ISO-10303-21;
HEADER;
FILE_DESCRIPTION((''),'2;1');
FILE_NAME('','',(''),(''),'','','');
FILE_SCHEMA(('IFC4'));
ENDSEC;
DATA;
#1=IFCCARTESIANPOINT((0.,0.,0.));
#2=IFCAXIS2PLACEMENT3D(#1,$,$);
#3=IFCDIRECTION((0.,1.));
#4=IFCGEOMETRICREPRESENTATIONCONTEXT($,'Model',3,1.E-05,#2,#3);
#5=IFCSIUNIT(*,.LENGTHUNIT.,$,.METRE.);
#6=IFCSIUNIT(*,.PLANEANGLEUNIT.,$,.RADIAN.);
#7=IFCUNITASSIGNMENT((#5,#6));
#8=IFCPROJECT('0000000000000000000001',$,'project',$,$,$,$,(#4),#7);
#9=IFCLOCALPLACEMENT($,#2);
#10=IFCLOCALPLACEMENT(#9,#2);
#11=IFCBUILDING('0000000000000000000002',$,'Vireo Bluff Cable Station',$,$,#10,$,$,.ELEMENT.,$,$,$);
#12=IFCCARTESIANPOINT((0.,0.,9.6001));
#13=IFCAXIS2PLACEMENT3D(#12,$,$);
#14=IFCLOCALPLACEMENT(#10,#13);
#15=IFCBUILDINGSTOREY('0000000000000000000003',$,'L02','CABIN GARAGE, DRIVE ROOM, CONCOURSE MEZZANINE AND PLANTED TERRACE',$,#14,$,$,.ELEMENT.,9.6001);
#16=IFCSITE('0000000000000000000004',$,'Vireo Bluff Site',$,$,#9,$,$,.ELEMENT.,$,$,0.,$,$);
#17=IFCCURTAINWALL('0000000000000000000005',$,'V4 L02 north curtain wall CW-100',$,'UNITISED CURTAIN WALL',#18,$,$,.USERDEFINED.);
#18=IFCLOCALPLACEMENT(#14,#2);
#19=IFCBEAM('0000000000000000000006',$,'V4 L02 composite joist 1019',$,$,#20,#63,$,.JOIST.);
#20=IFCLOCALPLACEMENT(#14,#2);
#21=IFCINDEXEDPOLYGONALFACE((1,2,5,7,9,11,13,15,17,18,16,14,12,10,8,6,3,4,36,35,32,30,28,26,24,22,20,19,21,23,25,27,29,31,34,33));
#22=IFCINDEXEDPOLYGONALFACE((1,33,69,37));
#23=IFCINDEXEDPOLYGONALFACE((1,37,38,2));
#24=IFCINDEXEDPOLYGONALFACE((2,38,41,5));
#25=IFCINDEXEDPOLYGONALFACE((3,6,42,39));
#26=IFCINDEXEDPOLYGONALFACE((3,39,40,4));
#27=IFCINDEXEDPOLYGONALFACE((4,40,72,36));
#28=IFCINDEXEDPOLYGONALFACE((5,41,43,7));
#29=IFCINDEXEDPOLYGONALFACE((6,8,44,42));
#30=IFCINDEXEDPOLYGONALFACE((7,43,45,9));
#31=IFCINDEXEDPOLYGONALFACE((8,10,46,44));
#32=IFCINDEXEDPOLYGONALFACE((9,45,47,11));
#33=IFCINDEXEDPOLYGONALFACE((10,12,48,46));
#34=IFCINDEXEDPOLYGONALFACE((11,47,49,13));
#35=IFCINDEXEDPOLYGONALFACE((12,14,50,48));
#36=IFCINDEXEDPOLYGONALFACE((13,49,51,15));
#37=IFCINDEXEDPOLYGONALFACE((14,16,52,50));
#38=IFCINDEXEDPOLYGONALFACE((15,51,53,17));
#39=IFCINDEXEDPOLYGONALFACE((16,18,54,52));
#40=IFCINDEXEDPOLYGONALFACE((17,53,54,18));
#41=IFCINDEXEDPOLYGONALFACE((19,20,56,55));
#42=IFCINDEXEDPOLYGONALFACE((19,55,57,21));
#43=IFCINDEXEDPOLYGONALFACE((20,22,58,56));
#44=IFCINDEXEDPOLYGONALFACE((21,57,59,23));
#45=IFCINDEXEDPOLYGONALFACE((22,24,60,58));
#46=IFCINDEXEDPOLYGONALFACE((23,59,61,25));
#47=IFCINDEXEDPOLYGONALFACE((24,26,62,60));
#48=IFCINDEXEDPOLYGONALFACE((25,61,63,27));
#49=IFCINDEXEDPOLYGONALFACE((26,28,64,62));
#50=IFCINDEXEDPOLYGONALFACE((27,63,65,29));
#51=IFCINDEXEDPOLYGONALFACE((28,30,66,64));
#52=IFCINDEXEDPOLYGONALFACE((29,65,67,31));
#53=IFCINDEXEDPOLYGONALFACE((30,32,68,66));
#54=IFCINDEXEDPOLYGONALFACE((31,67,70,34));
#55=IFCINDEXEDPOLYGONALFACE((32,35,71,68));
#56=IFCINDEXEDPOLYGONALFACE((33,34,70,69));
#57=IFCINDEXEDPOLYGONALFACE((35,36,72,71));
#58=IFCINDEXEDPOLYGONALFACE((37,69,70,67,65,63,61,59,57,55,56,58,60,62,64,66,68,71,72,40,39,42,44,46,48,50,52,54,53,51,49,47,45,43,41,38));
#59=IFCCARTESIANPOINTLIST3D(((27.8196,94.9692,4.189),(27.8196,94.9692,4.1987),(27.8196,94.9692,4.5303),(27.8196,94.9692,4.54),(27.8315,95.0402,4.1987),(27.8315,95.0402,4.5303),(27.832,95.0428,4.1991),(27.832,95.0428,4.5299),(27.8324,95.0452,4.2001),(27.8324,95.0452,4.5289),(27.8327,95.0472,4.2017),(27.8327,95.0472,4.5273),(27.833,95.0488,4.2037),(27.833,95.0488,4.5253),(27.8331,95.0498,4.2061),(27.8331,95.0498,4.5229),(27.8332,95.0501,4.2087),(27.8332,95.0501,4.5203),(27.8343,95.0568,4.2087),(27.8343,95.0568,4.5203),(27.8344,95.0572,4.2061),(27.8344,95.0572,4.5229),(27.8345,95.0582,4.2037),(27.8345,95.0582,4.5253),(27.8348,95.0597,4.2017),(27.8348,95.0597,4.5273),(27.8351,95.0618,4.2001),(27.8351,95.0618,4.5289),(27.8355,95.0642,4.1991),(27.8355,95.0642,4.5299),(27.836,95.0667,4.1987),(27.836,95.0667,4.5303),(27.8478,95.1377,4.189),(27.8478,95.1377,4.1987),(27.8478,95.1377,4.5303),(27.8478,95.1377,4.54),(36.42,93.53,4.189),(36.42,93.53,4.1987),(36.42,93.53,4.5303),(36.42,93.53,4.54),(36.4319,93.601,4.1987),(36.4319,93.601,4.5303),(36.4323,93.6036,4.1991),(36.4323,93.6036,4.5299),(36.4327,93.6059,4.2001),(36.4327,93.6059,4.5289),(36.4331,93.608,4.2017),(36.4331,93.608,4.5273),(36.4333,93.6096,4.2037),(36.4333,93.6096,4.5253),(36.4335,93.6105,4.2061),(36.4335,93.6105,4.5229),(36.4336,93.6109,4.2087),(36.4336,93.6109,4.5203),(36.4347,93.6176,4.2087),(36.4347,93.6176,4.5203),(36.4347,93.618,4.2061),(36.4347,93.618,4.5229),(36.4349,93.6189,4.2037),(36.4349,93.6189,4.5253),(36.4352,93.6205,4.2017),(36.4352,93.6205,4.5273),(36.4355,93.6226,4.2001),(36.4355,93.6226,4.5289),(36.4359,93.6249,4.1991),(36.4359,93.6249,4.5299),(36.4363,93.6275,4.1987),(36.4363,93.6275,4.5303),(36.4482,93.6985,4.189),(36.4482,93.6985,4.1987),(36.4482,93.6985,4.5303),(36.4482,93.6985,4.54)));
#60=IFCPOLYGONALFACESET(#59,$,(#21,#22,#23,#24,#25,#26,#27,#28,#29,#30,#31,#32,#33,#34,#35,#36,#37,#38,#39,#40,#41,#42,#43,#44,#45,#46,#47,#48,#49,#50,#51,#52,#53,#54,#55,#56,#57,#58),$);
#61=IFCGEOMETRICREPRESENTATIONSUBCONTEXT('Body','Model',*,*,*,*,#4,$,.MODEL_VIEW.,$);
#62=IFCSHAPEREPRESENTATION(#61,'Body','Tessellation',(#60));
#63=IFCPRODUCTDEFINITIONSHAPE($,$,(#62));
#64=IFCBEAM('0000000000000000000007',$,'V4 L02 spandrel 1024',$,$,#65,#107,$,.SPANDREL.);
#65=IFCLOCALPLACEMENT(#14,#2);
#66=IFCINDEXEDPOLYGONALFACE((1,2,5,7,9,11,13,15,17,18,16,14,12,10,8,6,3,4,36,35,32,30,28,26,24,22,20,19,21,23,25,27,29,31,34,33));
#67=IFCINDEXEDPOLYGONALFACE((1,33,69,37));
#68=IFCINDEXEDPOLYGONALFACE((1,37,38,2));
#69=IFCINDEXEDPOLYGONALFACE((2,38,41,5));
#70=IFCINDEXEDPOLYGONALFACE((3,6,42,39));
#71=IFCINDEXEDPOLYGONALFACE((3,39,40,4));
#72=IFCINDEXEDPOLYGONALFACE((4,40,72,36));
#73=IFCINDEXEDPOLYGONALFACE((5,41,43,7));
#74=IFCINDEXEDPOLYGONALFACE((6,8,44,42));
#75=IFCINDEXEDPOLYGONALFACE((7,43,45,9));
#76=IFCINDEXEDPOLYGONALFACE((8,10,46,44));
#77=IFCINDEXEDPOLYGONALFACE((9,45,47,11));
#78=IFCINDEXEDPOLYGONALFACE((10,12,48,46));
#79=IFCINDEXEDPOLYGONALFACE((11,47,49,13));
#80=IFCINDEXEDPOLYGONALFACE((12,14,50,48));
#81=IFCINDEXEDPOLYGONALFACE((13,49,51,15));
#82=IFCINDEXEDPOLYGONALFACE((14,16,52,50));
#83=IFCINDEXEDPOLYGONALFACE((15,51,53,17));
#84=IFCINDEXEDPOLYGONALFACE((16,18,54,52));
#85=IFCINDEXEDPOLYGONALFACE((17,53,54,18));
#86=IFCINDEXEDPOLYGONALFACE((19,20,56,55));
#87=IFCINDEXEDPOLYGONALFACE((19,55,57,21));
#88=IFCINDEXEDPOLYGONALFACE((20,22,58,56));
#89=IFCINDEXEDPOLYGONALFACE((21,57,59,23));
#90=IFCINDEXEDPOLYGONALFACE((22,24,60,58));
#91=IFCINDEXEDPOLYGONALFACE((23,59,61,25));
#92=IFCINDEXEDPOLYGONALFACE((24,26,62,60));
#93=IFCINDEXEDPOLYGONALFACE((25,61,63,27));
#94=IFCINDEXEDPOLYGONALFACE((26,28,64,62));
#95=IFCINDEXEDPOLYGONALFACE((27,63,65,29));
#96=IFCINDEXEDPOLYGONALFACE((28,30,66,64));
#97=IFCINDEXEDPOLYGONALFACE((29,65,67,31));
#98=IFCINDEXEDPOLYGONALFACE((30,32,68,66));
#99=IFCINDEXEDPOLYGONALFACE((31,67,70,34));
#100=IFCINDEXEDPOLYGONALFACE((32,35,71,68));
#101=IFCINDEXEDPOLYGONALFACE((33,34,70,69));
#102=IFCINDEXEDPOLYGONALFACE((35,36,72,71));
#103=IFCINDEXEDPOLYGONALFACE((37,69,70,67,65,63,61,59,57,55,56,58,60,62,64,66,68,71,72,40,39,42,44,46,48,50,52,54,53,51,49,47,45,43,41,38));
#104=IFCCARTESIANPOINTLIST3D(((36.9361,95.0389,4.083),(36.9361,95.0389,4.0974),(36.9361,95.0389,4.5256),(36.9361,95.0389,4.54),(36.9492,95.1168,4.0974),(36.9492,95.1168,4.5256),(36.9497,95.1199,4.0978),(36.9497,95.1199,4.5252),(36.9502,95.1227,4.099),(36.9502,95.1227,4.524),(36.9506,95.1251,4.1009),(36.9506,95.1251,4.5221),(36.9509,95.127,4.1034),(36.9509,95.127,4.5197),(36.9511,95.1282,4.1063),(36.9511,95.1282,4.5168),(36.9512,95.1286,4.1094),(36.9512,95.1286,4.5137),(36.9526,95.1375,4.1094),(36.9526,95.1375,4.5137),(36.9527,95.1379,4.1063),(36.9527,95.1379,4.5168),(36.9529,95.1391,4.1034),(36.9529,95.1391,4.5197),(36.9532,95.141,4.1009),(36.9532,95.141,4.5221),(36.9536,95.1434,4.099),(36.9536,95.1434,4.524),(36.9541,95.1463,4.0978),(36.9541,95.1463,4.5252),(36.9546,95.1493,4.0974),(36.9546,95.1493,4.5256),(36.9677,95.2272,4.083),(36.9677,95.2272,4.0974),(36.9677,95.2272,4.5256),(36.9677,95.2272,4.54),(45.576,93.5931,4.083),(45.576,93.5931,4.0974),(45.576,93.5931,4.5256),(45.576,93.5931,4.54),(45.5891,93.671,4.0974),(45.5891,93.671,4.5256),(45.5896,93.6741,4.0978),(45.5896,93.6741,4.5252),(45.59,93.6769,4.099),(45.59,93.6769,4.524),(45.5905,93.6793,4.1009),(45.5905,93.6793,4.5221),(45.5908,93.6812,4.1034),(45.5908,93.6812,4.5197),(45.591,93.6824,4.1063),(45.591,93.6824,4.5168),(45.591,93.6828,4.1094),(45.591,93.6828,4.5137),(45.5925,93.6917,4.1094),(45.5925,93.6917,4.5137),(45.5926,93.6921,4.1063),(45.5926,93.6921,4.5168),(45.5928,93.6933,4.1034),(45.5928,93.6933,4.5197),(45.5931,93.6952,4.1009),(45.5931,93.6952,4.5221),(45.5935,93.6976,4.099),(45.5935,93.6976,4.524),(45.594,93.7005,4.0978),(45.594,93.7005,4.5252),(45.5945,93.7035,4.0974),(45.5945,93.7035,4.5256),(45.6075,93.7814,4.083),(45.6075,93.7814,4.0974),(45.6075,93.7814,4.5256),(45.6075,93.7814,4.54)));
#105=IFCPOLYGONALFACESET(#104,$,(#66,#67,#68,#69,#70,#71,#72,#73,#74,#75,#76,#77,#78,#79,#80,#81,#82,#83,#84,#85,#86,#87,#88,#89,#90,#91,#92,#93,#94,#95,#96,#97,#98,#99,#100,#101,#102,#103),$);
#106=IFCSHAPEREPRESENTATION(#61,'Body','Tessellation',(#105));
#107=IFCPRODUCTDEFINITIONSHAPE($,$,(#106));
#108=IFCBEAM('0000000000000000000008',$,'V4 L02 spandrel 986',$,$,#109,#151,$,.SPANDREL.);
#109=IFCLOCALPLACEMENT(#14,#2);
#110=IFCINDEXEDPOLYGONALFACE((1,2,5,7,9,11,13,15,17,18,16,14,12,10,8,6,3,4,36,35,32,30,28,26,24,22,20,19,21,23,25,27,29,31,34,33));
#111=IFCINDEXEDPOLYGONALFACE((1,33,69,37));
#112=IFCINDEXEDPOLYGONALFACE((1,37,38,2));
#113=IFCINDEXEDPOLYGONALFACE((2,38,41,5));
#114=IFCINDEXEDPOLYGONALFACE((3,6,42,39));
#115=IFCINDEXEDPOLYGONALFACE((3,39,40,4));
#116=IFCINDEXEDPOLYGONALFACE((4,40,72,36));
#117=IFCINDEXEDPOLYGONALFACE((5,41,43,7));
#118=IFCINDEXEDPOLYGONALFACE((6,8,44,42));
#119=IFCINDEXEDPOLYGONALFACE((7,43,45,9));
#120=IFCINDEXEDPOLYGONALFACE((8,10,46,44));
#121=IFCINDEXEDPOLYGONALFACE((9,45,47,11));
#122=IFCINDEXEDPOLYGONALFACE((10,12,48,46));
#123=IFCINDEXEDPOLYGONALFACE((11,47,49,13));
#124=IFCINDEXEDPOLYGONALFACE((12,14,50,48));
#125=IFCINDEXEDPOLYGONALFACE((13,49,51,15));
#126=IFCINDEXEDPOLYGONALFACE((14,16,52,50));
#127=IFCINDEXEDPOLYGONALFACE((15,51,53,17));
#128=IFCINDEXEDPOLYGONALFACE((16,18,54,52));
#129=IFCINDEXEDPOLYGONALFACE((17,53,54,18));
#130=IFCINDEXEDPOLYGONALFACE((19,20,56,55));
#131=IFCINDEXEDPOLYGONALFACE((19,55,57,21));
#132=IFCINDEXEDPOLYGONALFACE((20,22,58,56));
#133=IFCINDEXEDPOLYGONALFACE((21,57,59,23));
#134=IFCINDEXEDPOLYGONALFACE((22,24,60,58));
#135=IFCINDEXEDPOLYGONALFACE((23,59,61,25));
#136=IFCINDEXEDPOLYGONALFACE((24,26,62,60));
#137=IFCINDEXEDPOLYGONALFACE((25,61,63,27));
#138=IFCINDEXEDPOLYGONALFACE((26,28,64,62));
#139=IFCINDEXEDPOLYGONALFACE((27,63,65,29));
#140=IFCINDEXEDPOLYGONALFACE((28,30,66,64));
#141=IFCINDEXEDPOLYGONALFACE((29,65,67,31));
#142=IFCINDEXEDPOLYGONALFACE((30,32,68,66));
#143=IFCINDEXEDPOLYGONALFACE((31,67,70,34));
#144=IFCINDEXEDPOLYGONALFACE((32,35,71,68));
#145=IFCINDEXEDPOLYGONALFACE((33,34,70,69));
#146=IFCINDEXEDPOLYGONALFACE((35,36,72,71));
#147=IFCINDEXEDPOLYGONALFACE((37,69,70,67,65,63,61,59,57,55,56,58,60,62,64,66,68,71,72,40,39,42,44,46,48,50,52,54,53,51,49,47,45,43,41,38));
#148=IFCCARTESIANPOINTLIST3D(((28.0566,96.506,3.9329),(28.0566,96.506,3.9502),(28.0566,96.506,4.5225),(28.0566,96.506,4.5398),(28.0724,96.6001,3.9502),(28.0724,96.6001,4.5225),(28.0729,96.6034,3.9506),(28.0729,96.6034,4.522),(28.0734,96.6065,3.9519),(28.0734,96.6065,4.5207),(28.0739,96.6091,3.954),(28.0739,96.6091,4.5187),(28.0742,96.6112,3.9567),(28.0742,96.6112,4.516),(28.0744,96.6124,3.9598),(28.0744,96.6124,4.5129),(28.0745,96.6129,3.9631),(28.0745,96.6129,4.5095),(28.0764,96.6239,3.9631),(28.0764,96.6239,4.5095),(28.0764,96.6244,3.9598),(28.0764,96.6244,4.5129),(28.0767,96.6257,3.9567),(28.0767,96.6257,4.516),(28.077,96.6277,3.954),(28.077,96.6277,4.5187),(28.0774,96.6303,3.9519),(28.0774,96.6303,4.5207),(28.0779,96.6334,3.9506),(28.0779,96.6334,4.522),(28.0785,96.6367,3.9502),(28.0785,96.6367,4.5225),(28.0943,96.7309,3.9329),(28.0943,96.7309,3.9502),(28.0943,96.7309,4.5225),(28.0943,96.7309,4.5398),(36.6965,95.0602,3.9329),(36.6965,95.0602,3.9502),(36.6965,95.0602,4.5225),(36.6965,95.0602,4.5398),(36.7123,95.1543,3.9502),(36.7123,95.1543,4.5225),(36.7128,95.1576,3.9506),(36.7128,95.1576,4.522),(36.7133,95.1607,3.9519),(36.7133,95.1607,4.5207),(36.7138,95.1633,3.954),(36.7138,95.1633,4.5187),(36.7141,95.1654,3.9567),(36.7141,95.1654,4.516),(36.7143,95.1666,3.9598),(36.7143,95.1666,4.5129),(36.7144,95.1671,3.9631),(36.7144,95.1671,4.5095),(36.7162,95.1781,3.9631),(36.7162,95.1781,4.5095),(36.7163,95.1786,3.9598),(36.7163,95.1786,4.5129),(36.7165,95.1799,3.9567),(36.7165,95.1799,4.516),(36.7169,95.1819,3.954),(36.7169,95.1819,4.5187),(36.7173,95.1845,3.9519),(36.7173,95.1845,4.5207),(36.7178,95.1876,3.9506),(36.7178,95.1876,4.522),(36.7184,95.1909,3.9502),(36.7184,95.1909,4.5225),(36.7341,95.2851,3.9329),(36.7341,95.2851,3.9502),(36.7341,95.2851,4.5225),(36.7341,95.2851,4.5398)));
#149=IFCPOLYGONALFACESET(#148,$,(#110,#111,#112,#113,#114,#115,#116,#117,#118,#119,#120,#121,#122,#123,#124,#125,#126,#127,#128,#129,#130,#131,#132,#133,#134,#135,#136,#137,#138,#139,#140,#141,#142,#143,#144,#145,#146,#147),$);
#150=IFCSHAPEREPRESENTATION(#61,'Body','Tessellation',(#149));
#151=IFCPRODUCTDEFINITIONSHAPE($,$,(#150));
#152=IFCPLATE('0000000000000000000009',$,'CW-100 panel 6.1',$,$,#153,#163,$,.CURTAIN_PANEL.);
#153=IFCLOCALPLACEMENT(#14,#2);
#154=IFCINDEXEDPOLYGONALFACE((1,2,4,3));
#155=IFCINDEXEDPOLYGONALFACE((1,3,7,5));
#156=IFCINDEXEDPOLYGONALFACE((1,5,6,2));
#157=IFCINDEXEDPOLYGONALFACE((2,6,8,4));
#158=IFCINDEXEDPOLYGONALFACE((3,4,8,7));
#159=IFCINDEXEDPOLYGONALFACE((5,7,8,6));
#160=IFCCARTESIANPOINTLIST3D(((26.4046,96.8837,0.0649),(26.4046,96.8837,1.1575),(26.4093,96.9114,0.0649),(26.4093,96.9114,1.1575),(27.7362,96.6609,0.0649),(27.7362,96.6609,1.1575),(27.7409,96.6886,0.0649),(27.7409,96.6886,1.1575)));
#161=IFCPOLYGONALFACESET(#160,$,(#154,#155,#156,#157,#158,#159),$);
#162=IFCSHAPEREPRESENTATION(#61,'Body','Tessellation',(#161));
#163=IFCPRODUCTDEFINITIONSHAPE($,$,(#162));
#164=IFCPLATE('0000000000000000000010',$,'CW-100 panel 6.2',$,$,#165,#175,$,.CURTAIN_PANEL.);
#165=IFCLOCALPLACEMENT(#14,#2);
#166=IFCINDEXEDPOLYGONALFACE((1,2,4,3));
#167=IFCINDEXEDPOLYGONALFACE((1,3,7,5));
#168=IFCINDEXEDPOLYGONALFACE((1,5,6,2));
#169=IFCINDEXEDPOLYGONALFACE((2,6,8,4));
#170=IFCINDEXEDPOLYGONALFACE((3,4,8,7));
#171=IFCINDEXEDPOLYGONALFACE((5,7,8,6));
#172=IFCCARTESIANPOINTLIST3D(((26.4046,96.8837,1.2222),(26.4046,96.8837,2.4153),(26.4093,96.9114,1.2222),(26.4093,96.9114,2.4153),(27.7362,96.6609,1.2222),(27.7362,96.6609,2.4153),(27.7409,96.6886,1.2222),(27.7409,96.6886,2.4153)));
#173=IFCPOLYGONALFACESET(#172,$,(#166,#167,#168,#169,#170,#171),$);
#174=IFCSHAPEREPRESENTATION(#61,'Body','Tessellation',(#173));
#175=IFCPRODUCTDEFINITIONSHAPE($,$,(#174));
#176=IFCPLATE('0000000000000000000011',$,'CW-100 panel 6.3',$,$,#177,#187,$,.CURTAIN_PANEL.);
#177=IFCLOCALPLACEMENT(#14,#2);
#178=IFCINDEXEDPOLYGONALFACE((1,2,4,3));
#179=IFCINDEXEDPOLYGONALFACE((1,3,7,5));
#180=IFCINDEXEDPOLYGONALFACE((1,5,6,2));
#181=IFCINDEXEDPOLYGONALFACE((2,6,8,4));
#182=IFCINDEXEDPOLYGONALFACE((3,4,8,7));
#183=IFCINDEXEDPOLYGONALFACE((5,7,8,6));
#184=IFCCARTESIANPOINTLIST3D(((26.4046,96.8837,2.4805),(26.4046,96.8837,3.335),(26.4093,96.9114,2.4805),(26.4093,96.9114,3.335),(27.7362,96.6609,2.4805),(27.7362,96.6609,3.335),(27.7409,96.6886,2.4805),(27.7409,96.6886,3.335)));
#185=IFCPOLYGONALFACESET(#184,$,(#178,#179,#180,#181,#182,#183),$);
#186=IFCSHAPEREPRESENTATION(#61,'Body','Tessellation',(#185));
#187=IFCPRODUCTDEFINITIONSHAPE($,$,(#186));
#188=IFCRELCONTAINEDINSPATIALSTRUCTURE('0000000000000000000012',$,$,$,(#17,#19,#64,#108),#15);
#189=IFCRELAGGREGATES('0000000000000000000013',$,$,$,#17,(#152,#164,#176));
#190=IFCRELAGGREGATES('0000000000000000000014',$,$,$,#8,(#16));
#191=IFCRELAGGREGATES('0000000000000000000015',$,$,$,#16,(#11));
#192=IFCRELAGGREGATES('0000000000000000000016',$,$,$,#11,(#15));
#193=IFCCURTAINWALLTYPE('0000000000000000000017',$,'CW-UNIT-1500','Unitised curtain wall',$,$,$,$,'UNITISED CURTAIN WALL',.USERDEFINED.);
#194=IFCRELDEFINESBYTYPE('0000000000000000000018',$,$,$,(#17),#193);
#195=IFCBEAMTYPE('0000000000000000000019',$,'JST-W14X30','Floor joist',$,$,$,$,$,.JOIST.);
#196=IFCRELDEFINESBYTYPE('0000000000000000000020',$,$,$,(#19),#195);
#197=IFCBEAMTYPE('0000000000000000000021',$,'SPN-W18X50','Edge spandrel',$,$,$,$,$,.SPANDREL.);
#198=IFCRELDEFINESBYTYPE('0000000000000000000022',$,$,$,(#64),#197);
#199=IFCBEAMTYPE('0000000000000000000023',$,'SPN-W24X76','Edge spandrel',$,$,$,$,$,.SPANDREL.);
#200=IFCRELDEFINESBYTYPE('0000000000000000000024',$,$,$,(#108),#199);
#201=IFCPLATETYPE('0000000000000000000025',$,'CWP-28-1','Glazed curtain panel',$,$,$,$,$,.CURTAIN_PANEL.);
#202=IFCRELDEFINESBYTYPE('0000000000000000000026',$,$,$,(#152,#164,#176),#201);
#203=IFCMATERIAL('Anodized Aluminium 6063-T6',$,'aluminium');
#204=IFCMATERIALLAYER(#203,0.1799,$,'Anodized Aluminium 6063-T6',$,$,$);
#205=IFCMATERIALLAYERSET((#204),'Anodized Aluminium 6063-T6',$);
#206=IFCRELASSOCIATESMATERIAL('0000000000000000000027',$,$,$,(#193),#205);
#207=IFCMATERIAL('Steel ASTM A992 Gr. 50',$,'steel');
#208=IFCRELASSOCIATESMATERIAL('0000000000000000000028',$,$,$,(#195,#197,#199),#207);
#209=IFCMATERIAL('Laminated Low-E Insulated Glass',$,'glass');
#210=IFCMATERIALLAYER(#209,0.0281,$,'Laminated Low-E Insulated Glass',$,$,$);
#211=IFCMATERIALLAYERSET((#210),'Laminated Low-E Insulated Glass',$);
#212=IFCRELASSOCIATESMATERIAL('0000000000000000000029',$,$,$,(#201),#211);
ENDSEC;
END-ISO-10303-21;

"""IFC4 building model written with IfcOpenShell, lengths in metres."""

from ifc_helpers import new_model, si_unit, direction, frame, origin, origin_2d, place, context, subcontext, project, spatial, rectangle, i_section, extrude, material, layer, layer_set, material_profile, profile_set, type_object, element, aggregate, save


model = new_model("IFC4")

# Units and contexts
model_context = context("Model", 3, precision=1e-05, world=origin(), true_north=direction((0.0, 1.0)))
body_context = subcontext(model_context, "Body", "Model", "MODEL_VIEW")
ifc_project = project(units=[si_unit("LENGTHUNIT", "METRE"), si_unit("PLANEANGLEUNIT", "RADIAN")], contexts=[model_context])

# Site, building, storey
site_placement = place(None, origin())
site = spatial("IfcSite", under=ifc_project, at=site_placement, Name="Vireo Bluff Site", CompositionType="ELEMENT", RefElevation=0.0)
building_placement = place(site_placement, origin())
building = spatial("IfcBuilding", under=site, at=building_placement, Name="Vireo Bluff Cable Station", CompositionType="ELEMENT")
storey_placement = place(building_placement, frame((0.0, 0.0, 9.6001)))
storey = spatial("IfcBuildingStorey", under=building, at=storey_placement, Name="L02", Description="CABIN GARAGE, DRIVE ROOM, CONCOURSE MEZZANINE AND PLANTED TERRACE", CompositionType="ELEMENT", Elevation=9.6001)

# Shared definitions
ifc_material_1 = material(Name="Steel ASTM A992 Gr. 50", Category="steel")

# Curtain wall
ifc_material_2 = material(Name="Anodized Aluminium 6063-T6", Category="aluminium")
ifc_layer_1 = layer(ifc_material_2, 0.1799, Name="Anodized Aluminium 6063-T6")
ifc_layer_set_1 = layer_set([ifc_layer_1], Name="Anodized Aluminium 6063-T6")
curtain_wall_type_1 = type_object("IfcCurtainWallType", Name="CW-UNIT-1500", Description="Unitised curtain wall", ElementType="UNITISED CURTAIN WALL", PredefinedType="USERDEFINED", material=ifc_layer_set_1)
curtain_wall_1_placement = place(storey_placement, origin())
curtain_wall_1 = element("IfcCurtainWall", 1, at=curtain_wall_1_placement, inside=storey, type_object=curtain_wall_type_1, Name="V4 L02 north curtain wall CW-100", ObjectType="UNITISED CURTAIN WALL", PredefinedType="USERDEFINED")

# Beams
ifc_material_profile_1 = material_profile(ifc_material_1, i_section(OverallWidth=0.1709, OverallDepth=0.3511, WebThickness=0.0068, FlangeThickness=0.0098, FilletRadius=0.01, at=origin_2d()), Name="W14X30")
ifc_profile_set_1 = profile_set([ifc_material_profile_1], Name="Steel ASTM A992 Gr. 50")
beam_type_1 = type_object("IfcBeamType", Name="JST-W14X30", Description="Floor joist", PredefinedType="JOIST", material=ifc_profile_set_1)
beam_1_placement = place(storey_placement, frame((27.8337, 95.0535, 4.3645), z_axis=(0.986286, -0.165048, 0.0), x_axis=(0.165048, 0.986286, 0.0)))
element("IfcBeam", 2, at=beam_1_placement, inside=storey, type_object=beam_type_1, Name="V4 L02 composite joist 1019", PredefinedType="JOIST", context=body_context, shape_type="SweptSolid", body=[
    extrude(i_section(OverallWidth=0.1709, OverallDepth=0.3511, WebThickness=0.0068, FlangeThickness=0.0098, FilletRadius=0.01, at=origin_2d()), origin(), (0.0, 0.0, 1.0), 8.72),
])
ifc_material_profile_2 = material_profile(ifc_material_1, i_section(OverallWidth=0.1909, OverallDepth=0.457, WebThickness=0.009, FlangeThickness=0.0144, FilletRadius=0.012, at=origin_2d()), Name="W18X50")
ifc_profile_set_2 = profile_set([ifc_material_profile_2], Name="Steel ASTM A992 Gr. 50")
beam_type_2 = type_object("IfcBeamType", Name="SPN-W18X50", Description="Edge spandrel", PredefinedType="SPANDREL", material=ifc_profile_set_2)
beam_2_placement = place(storey_placement, frame((36.9519, 95.1331, 4.3115), z_axis=(0.986286, -0.165045, 0.0), x_axis=(0.165045, 0.986286, 0.0)))
element("IfcBeam", 3, at=beam_2_placement, inside=storey, type_object=beam_type_2, Name="V4 L02 spandrel 1024", PredefinedType="SPANDREL", context=body_context, shape_type="SweptSolid", body=[
    extrude(i_section(OverallWidth=0.1909, OverallDepth=0.457, WebThickness=0.009, FlangeThickness=0.0144, FilletRadius=0.012, at=origin_2d()), origin(), (0.0, 0.0, 1.0), 8.76),
])
ifc_material_profile_3 = material_profile(ifc_material_1, i_section(OverallWidth=0.228, OverallDepth=0.6069, WebThickness=0.0112, FlangeThickness=0.0173, FilletRadius=0.0129, at=origin_2d()), Name="W24X76")
ifc_profile_set_3 = profile_set([ifc_material_profile_3], Name="Steel ASTM A992 Gr. 50")
beam_type_3 = type_object("IfcBeamType", Name="SPN-W24X76", Description="Edge spandrel", PredefinedType="SPANDREL", material=ifc_profile_set_3)
beam_3_placement = place(storey_placement, frame((28.0754, 96.6184, 4.2363), z_axis=(0.986286, -0.165045, 0.0), x_axis=(0.165045, 0.986286, 0.0)))
element("IfcBeam", 4, at=beam_3_placement, inside=storey, type_object=beam_type_3, Name="V4 L02 spandrel 986", PredefinedType="SPANDREL", context=body_context, shape_type="SweptSolid", body=[
    extrude(i_section(OverallWidth=0.228, OverallDepth=0.6069, WebThickness=0.0112, FlangeThickness=0.0173, FilletRadius=0.0129, at=origin_2d()), origin(), (0.0, 0.0, 1.0), 8.76),
])

# Plates
ifc_material_3 = material(Name="Laminated Low-E Insulated Glass", Category="glass")
ifc_layer_2 = layer(ifc_material_3, 0.0281, Name="Laminated Low-E Insulated Glass")
ifc_layer_set_2 = layer_set([ifc_layer_2], Name="Laminated Low-E Insulated Glass")
plate_type_1 = type_object("IfcPlateType", Name="CWP-28-1", Description="Glazed curtain panel", PredefinedType="CURTAIN_PANEL", material=ifc_layer_set_2)
plate_1_placement = place(storey_placement, frame((27.0728, 96.7861, 0.0649), z_axis=(0.0, 0.0, 1.0), x_axis=(0.986286, -0.165048, 0.0)))
plate_1 = element("IfcPlate", 5, at=plate_1_placement, type_object=plate_type_1, Name="CW-100 panel 6.1", PredefinedType="CURTAIN_PANEL", context=body_context, shape_type="SweptSolid", body=[
    extrude(rectangle(XDim=1.3501, YDim=0.0281, at=origin_2d()), origin(), (0.0, 0.0, 1.0), 1.0925),
])
plate_2_placement = place(storey_placement, frame((27.0728, 96.7861, 1.2222), z_axis=(0.0, 0.0, 1.0), x_axis=(0.986286, -0.165048, 0.0)))
plate_2 = element("IfcPlate", 6, at=plate_2_placement, type_object=plate_type_1, Name="CW-100 panel 6.2", PredefinedType="CURTAIN_PANEL", context=body_context, shape_type="SweptSolid", body=[
    extrude(rectangle(XDim=1.3501, YDim=0.0281, at=origin_2d()), origin(), (0.0, 0.0, 1.0), 1.1931),
])
plate_3_placement = place(storey_placement, frame((27.0728, 96.7861, 2.4805), z_axis=(0.0, 0.0, 1.0), x_axis=(0.986286, -0.165048, 0.0)))
plate_3 = element("IfcPlate", 7, at=plate_3_placement, type_object=plate_type_1, Name="CW-100 panel 6.3", PredefinedType="CURTAIN_PANEL", context=body_context, shape_type="SweptSolid", body=[
    extrude(rectangle(XDim=1.3501, YDim=0.0281, at=origin_2d()), origin(), (0.0, 0.0, 1.0), 0.8545),
])
aggregate(curtain_wall_1, [plate_1, plate_2, plate_3])

save(model, "model.ifc")
